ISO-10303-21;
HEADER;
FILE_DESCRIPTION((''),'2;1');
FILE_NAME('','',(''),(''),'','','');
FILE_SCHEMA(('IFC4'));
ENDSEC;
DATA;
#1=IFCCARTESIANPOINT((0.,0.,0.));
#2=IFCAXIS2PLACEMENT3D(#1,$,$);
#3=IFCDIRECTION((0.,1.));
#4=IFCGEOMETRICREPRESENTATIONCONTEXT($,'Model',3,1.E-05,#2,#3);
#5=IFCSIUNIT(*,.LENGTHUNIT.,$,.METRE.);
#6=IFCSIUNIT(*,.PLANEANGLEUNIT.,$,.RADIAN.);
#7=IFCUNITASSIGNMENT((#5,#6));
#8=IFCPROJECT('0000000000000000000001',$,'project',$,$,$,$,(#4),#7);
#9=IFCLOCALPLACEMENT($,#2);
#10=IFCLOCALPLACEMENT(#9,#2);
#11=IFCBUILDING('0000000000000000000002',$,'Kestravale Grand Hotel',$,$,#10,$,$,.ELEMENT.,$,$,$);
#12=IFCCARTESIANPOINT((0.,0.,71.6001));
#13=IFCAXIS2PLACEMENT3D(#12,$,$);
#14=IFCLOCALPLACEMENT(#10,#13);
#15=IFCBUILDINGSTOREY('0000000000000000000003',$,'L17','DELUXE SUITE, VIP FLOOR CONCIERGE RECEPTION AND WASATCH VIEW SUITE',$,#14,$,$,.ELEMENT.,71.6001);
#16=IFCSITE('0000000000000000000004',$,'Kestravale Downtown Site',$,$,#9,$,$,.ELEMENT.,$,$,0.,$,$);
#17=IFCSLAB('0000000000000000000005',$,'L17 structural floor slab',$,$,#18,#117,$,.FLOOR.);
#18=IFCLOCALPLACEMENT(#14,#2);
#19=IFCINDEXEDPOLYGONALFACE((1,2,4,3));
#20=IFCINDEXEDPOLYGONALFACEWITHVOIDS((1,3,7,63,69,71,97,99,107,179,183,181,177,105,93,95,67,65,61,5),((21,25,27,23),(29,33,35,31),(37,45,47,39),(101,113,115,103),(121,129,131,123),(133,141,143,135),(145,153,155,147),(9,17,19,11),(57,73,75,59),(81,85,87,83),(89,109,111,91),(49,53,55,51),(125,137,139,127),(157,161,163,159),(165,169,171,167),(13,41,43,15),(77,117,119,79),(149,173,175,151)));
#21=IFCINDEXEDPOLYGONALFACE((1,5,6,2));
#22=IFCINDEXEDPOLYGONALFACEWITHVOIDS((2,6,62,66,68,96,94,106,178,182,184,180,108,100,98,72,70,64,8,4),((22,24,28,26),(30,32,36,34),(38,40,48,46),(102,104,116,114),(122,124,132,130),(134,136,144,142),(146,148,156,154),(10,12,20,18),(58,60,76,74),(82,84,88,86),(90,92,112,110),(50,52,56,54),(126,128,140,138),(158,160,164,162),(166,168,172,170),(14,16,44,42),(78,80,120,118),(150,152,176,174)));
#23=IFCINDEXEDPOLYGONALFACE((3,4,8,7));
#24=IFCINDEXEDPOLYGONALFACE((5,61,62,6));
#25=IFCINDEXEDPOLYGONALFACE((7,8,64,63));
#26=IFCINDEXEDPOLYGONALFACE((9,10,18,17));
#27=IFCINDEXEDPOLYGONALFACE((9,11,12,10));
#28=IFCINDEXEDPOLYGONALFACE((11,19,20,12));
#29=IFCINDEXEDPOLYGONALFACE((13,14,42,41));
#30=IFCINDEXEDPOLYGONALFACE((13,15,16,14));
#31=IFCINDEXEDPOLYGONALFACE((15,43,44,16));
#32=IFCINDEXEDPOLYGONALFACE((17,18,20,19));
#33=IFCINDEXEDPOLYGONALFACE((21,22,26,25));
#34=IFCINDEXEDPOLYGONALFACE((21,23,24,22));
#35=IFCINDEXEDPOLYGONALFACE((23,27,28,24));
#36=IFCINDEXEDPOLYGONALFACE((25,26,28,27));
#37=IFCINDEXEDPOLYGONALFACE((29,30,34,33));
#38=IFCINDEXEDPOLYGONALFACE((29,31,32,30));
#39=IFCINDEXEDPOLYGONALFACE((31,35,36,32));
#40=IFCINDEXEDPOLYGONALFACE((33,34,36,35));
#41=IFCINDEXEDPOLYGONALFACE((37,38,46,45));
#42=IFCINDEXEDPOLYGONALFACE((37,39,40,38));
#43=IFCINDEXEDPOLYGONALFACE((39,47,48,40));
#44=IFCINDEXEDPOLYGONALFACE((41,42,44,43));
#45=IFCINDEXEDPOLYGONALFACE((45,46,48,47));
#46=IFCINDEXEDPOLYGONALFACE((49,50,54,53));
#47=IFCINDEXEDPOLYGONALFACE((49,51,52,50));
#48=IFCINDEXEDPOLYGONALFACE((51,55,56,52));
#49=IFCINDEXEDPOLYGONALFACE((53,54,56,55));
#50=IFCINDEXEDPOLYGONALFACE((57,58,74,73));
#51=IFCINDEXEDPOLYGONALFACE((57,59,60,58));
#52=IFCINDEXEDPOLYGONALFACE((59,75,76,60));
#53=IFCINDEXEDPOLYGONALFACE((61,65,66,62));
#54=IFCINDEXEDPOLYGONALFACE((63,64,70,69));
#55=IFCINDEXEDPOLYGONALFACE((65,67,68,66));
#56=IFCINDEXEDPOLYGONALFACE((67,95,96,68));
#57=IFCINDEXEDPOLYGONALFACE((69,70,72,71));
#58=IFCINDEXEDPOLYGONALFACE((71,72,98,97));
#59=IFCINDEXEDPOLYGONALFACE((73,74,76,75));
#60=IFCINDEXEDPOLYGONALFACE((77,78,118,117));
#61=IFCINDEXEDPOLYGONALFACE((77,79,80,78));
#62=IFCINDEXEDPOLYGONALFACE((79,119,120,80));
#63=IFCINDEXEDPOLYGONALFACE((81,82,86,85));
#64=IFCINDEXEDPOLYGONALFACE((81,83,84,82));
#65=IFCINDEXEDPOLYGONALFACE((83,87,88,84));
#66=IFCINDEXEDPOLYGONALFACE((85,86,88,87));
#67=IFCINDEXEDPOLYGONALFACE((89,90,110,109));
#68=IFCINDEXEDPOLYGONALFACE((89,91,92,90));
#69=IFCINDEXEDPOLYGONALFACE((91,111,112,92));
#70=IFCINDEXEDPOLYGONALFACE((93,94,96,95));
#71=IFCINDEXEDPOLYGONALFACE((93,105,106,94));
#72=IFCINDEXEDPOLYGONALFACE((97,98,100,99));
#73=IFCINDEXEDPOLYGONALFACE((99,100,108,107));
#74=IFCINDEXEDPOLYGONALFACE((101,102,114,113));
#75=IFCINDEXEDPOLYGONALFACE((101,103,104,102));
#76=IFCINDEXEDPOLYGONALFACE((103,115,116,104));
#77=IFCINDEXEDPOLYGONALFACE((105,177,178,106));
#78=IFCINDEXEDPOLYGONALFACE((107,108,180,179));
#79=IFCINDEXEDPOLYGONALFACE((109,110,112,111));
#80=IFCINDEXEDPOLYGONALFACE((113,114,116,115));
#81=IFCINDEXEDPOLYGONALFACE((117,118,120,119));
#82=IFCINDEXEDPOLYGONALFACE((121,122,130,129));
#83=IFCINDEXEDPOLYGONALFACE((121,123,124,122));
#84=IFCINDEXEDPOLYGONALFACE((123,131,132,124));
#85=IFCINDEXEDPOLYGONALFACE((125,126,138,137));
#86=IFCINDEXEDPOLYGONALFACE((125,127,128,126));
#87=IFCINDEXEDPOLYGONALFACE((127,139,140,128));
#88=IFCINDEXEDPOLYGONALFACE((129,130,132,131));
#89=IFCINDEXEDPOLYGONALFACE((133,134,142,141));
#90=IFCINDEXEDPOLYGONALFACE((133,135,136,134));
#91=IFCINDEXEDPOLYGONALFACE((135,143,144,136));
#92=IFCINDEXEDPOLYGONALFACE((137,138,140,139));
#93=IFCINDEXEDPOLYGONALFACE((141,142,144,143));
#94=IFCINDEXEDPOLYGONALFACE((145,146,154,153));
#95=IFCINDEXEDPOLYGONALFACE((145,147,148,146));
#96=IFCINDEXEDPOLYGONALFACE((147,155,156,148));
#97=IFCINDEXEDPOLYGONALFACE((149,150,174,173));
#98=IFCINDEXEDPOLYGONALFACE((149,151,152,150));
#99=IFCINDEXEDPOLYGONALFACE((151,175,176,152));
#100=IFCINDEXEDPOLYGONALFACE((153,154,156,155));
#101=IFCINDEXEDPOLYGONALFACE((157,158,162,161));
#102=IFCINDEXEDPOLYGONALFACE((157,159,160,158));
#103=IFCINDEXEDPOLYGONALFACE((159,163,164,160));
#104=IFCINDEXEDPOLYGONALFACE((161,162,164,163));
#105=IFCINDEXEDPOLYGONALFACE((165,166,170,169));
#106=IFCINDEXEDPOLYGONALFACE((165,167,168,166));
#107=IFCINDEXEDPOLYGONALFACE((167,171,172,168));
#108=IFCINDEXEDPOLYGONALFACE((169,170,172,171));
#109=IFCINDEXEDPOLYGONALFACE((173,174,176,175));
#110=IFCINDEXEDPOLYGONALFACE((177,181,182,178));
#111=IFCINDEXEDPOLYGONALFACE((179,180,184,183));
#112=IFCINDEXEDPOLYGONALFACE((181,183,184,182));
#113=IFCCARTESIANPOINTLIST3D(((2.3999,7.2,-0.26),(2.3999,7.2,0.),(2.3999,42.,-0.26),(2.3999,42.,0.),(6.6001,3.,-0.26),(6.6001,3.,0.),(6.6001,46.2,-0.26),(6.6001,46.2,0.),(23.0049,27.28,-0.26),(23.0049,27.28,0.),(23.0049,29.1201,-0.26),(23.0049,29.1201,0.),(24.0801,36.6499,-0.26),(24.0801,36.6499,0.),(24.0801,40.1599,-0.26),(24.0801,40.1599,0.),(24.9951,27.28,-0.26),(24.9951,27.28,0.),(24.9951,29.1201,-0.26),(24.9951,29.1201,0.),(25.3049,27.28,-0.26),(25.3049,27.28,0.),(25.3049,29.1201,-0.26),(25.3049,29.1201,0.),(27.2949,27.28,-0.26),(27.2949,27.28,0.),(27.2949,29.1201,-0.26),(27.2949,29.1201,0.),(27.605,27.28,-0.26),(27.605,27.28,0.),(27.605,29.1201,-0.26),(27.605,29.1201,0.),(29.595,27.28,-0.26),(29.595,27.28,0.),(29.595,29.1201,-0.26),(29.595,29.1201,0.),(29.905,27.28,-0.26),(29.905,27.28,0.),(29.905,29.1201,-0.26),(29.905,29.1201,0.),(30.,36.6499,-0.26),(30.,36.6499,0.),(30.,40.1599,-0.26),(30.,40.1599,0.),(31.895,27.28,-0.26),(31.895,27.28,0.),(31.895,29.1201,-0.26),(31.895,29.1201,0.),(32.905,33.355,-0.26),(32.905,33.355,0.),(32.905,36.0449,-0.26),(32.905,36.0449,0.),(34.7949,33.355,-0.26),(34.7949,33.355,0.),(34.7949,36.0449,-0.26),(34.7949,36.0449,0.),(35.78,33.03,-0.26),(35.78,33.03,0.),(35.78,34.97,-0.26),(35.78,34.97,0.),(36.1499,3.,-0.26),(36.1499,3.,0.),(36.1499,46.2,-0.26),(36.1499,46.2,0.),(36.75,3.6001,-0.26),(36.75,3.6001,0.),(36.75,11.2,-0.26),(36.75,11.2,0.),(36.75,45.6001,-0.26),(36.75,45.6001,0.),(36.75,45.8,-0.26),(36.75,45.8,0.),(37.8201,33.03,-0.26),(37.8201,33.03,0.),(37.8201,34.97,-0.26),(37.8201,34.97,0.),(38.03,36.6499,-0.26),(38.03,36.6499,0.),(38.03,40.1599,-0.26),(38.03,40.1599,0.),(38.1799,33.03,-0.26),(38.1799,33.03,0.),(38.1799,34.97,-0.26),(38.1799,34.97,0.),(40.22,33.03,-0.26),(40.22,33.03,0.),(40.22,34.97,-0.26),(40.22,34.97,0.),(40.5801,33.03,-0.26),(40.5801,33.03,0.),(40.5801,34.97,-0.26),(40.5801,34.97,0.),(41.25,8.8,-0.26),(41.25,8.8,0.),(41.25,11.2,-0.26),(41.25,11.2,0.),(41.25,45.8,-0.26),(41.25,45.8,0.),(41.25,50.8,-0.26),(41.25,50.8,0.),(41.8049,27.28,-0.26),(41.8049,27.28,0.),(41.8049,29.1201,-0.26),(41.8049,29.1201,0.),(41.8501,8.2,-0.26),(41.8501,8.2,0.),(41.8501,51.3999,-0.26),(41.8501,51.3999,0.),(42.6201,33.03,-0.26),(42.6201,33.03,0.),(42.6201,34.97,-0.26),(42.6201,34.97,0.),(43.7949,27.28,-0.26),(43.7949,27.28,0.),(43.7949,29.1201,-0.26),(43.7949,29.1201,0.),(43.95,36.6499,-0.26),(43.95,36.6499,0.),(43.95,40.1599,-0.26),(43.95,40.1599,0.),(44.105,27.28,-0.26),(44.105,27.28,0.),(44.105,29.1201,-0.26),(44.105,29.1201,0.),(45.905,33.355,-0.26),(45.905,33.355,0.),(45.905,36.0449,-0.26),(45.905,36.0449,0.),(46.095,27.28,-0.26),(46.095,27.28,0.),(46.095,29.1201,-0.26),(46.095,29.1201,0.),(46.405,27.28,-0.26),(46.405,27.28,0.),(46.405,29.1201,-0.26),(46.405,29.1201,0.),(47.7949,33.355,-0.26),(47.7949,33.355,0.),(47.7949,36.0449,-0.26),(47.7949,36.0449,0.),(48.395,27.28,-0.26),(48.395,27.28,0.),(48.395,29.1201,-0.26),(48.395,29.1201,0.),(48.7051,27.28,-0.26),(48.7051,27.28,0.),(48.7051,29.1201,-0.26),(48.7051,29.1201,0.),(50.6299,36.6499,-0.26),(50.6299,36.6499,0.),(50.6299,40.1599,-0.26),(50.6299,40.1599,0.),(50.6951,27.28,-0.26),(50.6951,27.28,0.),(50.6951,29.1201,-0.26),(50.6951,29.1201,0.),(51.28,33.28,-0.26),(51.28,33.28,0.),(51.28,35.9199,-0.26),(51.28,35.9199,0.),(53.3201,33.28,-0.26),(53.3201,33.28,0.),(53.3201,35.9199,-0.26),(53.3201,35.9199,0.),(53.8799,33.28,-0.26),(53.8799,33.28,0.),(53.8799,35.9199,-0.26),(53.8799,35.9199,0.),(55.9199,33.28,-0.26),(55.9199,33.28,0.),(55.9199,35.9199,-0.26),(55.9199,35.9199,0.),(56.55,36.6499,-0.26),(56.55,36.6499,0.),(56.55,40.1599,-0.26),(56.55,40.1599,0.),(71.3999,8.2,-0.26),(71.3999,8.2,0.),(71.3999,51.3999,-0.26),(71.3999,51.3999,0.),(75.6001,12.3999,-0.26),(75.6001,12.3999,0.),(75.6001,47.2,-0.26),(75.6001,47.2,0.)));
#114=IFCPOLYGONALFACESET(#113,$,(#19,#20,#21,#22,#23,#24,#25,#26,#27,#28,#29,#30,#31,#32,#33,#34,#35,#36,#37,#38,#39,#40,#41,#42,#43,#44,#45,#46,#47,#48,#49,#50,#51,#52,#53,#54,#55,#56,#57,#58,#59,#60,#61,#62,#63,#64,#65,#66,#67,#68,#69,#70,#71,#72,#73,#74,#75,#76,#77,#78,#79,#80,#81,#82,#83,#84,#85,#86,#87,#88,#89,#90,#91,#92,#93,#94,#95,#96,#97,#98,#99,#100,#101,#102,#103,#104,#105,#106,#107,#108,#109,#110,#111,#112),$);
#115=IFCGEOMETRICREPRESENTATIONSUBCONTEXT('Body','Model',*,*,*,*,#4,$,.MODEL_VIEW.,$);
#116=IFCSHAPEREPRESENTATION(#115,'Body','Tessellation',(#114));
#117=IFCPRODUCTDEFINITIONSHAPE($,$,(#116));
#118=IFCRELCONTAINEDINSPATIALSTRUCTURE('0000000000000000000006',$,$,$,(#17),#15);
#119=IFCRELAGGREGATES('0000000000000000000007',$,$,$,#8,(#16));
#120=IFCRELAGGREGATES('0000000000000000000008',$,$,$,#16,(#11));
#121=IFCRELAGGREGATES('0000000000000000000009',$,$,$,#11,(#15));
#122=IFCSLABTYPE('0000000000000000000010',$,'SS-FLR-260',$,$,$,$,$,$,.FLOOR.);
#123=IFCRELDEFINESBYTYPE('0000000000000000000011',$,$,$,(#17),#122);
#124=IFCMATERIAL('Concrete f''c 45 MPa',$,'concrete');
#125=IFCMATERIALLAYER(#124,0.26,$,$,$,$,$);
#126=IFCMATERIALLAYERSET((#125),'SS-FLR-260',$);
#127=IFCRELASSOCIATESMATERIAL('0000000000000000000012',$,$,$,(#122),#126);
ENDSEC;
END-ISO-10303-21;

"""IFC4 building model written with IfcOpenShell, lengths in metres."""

from ifc_helpers import new_model, si_unit, direction, frame, origin, place, context, subcontext, project, spatial, polyline, outline, extrude, material, layer, layer_set, type_object, element, save


model = new_model("IFC4")

# Units and contexts
model_context = context("Model", 3, precision=1e-05, world=origin(), true_north=direction((0.0, 1.0)))
body_context = subcontext(model_context, "Body", "Model", "MODEL_VIEW")
ifc_project = project(units=[si_unit("LENGTHUNIT", "METRE"), si_unit("PLANEANGLEUNIT", "RADIAN")], contexts=[model_context])

# Site, building, storey
site_placement = place(None, origin())
site = spatial("IfcSite", under=ifc_project, at=site_placement, Name="Kestravale Downtown Site", CompositionType="ELEMENT", RefElevation=0.0)
building_placement = place(site_placement, origin())
building = spatial("IfcBuilding", under=site, at=building_placement, Name="Kestravale Grand Hotel", CompositionType="ELEMENT")
storey_placement = place(building_placement, frame((0.0, 0.0, 71.6001)))
storey = spatial("IfcBuildingStorey", under=building, at=storey_placement, Name="L17", Description="DELUXE SUITE, VIP FLOOR CONCIERGE RECEPTION AND WASATCH VIEW SUITE", CompositionType="ELEMENT", Elevation=71.6001)

# Slab
ifc_material_1 = material(Name="Concrete f'c 45 MPa", Category="concrete")
ifc_layer_1 = layer(ifc_material_1, 0.26)
ifc_layer_set_1 = layer_set([ifc_layer_1], Name="SS-FLR-260")
slab_type_1 = type_object("IfcSlabType", Name="SS-FLR-260", PredefinedType="FLOOR", material=ifc_layer_set_1)
slab_1_placement = place(storey_placement, frame((0.0, 0.0, -0.26)))
element("IfcSlab", 1, at=slab_1_placement, inside=storey, type_object=slab_type_1, Name="L17 structural floor slab", PredefinedType="FLOOR", context=body_context, shape_type="SweptSolid", body=[
    extrude(outline(polyline([(6.6001, 3.0), (36.1499, 3.0), (36.75, 3.6001), (36.75, 11.2), (41.25, 11.2), (41.25, 8.8), (41.8501, 8.2), (71.3999, 8.2), (75.6001, 12.3999), (75.6001, 47.2), (71.3999, 51.3999), (41.8501, 51.3999), (41.25, 50.8), (41.25, 45.8), (36.75, 45.8), (36.75, 45.6001), (36.1499, 46.2), (6.6001, 46.2), (2.3999, 42.0), (2.3999, 7.2), (6.6001, 3.0)]), holes=[polyline([(24.0801, 36.6499), (30.0, 36.6499), (30.0, 40.1599), (24.0801, 40.1599), (24.0801, 36.6499)]), polyline([(38.03, 36.6499), (43.95, 36.6499), (43.95, 40.1599), (38.03, 40.1599), (38.03, 36.6499)]), polyline([(50.6299, 36.6499), (56.55, 36.6499), (56.55, 40.1599), (50.6299, 40.1599), (50.6299, 36.6499)]), polyline([(23.0049, 27.28), (24.9951, 27.28), (24.9951, 29.1201), (23.0049, 29.1201), (23.0049, 27.28)]), polyline([(25.3049, 27.28), (27.2949, 27.28), (27.2949, 29.1201), (25.3049, 29.1201), (25.3049, 27.28)]), polyline([(27.605, 27.28), (29.595, 27.28), (29.595, 29.1201), (27.605, 29.1201), (27.605, 27.28)]), polyline([(29.905, 27.28), (31.895, 27.28), (31.895, 29.1201), (29.905, 29.1201), (29.905, 27.28)]), polyline([(41.8049, 27.28), (43.7949, 27.28), (43.7949, 29.1201), (41.8049, 29.1201), (41.8049, 27.28)]), polyline([(44.105, 27.28), (46.095, 27.28), (46.095, 29.1201), (44.105, 29.1201), (44.105, 27.28)]), polyline([(46.405, 27.28), (48.395, 27.28), (48.395, 29.1201), (46.405, 29.1201), (46.405, 27.28)]), polyline([(48.7051, 27.28), (50.6951, 27.28), (50.6951, 29.1201), (48.7051, 29.1201), (48.7051, 27.28)]), polyline([(35.78, 33.03), (37.8201, 33.03), (37.8201, 34.97), (35.78, 34.97), (35.78, 33.03)]), polyline([(38.1799, 33.03), (40.22, 33.03), (40.22, 34.97), (38.1799, 34.97), (38.1799, 33.03)]), polyline([(40.5801, 33.03), (42.6201, 33.03), (42.6201, 34.97), (40.5801, 34.97), (40.5801, 33.03)]), polyline([(32.905, 33.355), (34.7949, 33.355), (34.7949, 36.0449), (32.905, 36.0449), (32.905, 33.355)]), polyline([(45.905, 33.355), (47.7949, 33.355), (47.7949, 36.0449), (45.905, 36.0449), (45.905, 33.355)]), polyline([(51.28, 33.28), (53.3201, 33.28), (53.3201, 35.9199), (51.28, 35.9199), (51.28, 33.28)]), polyline([(53.8799, 33.28), (55.9199, 33.28), (55.9199, 35.9199), (53.8799, 35.9199), (53.8799, 33.28)])]), origin(), (0.0, 0.0, 1.0), 0.26),
])

save(model, "model.ifc")
